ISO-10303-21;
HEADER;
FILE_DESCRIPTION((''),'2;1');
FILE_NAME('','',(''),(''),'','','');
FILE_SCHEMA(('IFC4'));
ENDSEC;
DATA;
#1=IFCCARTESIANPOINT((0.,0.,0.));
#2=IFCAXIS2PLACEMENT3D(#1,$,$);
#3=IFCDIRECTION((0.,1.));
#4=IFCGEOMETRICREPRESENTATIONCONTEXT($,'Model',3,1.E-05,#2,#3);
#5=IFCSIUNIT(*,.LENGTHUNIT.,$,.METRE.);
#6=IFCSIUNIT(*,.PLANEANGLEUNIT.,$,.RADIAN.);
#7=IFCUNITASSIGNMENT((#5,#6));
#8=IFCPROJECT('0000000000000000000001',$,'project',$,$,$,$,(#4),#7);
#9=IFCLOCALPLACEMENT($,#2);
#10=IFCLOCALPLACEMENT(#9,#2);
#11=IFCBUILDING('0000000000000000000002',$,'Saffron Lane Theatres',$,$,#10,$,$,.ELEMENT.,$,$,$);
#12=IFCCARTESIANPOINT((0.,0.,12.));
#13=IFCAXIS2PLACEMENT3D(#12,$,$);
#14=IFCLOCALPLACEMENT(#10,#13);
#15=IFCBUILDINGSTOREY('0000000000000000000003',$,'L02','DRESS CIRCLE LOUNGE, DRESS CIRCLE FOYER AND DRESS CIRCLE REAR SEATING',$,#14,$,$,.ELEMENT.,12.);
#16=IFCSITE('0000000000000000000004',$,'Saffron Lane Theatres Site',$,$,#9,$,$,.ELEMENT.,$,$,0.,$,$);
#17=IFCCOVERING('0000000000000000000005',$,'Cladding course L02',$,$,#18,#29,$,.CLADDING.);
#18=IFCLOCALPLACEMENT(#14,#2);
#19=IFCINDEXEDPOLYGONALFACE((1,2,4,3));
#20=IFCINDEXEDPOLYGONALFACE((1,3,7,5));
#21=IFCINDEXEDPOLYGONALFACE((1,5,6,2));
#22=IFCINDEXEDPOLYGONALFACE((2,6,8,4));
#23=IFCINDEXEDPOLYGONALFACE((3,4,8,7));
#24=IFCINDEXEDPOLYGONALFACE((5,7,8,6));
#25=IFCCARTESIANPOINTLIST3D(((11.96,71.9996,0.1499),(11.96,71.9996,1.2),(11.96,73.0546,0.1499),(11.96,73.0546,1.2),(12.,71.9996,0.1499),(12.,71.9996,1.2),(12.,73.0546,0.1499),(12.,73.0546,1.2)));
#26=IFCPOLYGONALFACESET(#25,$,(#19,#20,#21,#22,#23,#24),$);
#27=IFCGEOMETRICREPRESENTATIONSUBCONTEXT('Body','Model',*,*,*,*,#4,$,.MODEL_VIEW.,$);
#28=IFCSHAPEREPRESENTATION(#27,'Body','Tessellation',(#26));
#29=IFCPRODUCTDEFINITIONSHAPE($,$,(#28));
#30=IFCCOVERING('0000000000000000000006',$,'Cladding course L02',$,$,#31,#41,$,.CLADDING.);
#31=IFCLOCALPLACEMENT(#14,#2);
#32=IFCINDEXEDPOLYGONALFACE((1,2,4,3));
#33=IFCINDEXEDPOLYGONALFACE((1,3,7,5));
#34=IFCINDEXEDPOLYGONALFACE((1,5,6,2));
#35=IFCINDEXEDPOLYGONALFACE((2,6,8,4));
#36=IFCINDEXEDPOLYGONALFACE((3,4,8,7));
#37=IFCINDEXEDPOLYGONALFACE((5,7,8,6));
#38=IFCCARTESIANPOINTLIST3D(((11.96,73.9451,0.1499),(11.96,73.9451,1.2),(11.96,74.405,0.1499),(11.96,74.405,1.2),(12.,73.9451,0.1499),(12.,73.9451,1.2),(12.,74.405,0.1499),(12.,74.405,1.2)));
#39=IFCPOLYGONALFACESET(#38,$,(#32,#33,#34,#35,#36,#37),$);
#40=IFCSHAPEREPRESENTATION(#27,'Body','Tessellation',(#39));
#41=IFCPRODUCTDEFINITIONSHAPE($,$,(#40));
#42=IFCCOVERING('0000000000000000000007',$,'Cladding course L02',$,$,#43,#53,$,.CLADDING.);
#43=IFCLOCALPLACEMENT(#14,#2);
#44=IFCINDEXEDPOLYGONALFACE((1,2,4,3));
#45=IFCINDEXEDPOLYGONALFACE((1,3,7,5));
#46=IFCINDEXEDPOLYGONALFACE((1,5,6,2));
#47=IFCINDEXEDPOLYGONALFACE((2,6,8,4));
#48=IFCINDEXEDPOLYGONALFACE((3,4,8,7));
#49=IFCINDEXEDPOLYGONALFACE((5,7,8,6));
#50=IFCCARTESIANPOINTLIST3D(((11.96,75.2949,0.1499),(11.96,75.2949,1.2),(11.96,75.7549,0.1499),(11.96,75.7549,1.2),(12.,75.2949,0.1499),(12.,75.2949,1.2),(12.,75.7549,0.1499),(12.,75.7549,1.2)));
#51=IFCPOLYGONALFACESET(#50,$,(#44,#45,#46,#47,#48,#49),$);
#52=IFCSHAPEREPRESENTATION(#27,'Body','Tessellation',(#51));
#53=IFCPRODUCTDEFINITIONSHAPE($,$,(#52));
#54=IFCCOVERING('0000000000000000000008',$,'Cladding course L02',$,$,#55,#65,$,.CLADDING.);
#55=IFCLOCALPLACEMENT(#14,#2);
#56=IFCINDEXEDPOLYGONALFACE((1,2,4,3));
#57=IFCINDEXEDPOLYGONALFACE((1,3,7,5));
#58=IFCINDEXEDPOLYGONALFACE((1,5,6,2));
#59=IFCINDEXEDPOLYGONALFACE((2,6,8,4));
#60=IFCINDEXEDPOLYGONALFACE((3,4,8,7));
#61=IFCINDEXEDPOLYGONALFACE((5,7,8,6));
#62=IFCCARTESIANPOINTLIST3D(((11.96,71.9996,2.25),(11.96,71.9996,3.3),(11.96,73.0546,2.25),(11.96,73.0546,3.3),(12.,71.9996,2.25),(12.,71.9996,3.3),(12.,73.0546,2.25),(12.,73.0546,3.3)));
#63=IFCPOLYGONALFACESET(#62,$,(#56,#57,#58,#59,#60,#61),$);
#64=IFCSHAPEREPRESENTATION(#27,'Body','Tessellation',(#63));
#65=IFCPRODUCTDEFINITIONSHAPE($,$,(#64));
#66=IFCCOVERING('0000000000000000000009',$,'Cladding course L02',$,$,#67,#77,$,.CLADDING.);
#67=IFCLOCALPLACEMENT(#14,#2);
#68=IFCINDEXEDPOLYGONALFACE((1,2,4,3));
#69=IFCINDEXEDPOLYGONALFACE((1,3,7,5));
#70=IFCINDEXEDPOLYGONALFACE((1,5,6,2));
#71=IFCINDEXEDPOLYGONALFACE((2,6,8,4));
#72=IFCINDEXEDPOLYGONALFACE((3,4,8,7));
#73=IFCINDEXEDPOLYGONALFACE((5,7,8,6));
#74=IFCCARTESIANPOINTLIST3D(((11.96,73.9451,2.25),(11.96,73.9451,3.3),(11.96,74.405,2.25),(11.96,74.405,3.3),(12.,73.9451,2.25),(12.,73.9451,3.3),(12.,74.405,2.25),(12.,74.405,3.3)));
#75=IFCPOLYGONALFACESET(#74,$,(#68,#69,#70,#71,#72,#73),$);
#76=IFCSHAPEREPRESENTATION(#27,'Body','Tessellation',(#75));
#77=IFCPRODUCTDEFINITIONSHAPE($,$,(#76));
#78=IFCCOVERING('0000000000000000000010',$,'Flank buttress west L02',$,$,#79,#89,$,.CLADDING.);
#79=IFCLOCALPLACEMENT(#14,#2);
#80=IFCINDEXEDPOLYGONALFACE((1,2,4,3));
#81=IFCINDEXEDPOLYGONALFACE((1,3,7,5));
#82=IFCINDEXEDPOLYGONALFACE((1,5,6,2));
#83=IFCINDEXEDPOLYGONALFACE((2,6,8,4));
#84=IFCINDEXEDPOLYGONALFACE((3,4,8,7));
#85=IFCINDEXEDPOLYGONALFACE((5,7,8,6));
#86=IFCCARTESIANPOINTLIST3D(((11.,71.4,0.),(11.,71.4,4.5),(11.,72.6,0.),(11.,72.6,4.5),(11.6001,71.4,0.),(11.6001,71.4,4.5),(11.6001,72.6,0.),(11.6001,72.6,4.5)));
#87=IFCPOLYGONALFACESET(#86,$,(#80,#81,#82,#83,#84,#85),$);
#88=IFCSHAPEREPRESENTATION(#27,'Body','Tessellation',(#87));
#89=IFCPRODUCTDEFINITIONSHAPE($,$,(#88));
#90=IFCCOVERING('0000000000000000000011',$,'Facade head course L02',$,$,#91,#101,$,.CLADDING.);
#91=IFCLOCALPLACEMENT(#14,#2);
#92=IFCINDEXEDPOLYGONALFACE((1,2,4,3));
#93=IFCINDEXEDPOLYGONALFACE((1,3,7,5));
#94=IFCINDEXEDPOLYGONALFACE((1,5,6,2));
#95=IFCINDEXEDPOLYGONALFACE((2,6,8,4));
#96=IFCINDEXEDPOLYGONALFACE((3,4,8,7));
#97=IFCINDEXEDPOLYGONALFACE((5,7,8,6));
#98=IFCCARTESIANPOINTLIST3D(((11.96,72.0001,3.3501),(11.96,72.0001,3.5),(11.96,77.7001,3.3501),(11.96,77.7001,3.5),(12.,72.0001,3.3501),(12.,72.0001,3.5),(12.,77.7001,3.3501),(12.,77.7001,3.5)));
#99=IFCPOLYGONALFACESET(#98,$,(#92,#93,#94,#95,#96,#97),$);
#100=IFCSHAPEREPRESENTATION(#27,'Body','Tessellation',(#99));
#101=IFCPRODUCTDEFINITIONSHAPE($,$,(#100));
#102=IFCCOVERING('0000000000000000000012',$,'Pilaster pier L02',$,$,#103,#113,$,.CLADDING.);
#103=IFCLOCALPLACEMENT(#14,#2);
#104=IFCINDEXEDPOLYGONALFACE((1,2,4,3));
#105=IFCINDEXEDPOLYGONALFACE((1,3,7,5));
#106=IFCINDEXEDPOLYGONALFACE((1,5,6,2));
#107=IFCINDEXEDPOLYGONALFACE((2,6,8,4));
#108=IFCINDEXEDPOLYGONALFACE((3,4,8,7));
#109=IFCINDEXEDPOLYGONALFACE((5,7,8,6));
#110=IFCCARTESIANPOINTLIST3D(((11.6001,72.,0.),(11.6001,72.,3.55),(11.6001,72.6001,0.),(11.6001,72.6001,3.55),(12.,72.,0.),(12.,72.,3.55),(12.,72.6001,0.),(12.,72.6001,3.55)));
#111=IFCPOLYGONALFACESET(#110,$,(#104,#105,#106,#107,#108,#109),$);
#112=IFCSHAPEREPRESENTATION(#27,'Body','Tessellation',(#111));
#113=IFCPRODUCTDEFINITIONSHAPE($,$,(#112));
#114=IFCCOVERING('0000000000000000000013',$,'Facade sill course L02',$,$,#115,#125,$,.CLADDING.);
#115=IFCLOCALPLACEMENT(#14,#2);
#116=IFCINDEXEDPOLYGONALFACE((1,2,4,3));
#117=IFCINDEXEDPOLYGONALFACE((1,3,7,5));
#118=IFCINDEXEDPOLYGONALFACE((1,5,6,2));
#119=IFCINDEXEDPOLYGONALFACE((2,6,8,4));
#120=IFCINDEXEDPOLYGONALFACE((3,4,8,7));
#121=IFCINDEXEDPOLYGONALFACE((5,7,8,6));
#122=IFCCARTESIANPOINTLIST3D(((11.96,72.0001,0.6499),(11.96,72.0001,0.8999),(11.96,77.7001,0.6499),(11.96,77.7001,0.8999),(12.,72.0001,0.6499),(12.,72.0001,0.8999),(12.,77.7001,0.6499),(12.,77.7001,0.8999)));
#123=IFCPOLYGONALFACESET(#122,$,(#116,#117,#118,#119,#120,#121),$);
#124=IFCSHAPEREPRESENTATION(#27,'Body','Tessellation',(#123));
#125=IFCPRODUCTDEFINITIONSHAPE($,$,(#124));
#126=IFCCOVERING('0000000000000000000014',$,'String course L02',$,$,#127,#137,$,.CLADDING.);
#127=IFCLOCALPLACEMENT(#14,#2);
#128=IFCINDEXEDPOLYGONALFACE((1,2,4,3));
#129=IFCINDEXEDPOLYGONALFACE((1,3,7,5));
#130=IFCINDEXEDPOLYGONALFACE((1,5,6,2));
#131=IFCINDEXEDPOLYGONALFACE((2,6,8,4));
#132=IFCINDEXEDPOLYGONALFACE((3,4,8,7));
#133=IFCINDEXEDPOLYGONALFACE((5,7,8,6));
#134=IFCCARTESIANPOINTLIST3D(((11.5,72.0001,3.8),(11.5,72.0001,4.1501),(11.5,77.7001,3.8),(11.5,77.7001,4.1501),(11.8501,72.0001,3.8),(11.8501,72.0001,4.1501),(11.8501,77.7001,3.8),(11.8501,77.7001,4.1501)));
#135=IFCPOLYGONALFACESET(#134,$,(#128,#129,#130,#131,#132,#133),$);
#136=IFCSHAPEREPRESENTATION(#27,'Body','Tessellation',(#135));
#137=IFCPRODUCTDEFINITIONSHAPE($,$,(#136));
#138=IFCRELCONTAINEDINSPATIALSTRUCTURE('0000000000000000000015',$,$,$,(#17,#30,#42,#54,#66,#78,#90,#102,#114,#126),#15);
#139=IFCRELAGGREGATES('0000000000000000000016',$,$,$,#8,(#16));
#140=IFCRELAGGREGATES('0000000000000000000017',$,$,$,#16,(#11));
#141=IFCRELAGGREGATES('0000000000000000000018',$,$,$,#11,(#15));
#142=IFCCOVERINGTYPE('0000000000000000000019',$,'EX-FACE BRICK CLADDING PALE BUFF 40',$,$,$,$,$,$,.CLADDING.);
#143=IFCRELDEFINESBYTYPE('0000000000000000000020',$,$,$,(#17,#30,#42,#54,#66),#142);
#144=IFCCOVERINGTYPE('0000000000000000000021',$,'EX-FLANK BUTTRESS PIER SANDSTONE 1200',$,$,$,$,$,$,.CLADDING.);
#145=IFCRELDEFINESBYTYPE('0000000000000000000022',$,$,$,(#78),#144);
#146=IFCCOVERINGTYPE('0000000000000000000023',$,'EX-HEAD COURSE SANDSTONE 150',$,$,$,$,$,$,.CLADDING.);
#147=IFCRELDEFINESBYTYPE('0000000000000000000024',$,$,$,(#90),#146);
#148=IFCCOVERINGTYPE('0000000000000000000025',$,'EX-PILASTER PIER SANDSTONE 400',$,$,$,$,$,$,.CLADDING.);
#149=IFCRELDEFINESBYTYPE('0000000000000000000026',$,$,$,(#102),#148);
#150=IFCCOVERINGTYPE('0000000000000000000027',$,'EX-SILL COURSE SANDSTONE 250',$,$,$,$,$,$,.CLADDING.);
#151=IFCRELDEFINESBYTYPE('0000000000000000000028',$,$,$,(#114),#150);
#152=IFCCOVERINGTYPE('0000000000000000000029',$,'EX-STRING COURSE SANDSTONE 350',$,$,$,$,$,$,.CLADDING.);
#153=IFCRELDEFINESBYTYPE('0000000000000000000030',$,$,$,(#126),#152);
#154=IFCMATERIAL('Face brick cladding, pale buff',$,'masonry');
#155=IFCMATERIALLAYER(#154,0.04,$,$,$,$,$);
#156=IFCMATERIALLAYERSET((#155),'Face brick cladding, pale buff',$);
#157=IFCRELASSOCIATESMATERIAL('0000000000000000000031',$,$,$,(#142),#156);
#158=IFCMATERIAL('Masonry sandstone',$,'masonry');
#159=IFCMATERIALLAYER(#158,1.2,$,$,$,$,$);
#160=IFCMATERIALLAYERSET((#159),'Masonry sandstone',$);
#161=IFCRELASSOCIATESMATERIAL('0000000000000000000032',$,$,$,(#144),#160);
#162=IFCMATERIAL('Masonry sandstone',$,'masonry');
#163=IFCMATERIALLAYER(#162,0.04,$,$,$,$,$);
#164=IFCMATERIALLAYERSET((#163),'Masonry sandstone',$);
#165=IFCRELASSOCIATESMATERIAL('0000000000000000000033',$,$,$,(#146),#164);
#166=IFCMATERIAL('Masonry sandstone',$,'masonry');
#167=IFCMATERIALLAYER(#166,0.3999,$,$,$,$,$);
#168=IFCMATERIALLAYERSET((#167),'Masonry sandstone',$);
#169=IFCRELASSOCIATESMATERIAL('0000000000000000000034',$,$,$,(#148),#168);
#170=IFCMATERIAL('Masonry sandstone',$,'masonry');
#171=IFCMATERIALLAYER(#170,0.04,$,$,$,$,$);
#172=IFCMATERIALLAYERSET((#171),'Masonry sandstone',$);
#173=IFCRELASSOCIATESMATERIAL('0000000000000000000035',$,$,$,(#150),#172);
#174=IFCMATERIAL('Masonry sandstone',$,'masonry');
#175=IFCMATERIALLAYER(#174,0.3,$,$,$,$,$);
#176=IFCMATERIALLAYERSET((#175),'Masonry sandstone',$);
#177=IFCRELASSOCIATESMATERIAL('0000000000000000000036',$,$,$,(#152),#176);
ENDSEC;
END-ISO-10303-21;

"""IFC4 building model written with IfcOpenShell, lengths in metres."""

from ifc_helpers import new_model, si_unit, direction, frame, origin, origin_2d, place, context, subcontext, project, spatial, rectangle, extrude, material, layer, layer_set, type_object, element, save


model = new_model("IFC4")

# Units and contexts
model_context = context("Model", 3, precision=1e-05, world=origin(), true_north=direction((0.0, 1.0)))
body_context = subcontext(model_context, "Body", "Model", "MODEL_VIEW")
ifc_project = project(units=[si_unit("LENGTHUNIT", "METRE"), si_unit("PLANEANGLEUNIT", "RADIAN")], contexts=[model_context])

# Site, building, storey
site_placement = place(None, origin())
site = spatial("IfcSite", under=ifc_project, at=site_placement, Name="Saffron Lane Theatres Site", CompositionType="ELEMENT", RefElevation=0.0)
building_placement = place(site_placement, origin())
building = spatial("IfcBuilding", under=site, at=building_placement, Name="Saffron Lane Theatres", CompositionType="ELEMENT")
storey_placement = place(building_placement, frame((0.0, 0.0, 12.0)))
storey = spatial("IfcBuildingStorey", under=building, at=storey_placement, Name="L02", Description="DRESS CIRCLE LOUNGE, DRESS CIRCLE FOYER AND DRESS CIRCLE REAR SEATING", CompositionType="ELEMENT", Elevation=12.0)

# Coverings
ifc_material_1 = material(Name="Face brick cladding, pale buff", Category="masonry")
ifc_layer_1 = layer(ifc_material_1, 0.04)
ifc_layer_set_1 = layer_set([ifc_layer_1], Name="Face brick cladding, pale buff")
covering_type_1 = type_object("IfcCoveringType", Name="EX-FACE BRICK CLADDING PALE BUFF 40", PredefinedType="CLADDING", material=ifc_layer_set_1)
covering_1_placement = place(storey_placement, frame((11.98, 72.5271, 0.1499), z_axis=(0.0, 0.0, 1.0), x_axis=(0.0, 1.0, 0.0)))
element("IfcCovering", 1, at=covering_1_placement, inside=storey, type_object=covering_type_1, Name="Cladding course L02", PredefinedType="CLADDING", context=body_context, shape_type="SweptSolid", body=[
    extrude(rectangle(XDim=1.0549, YDim=0.04, at=origin_2d()), origin(), (0.0, 0.0, 1.0), 1.05),
])
for number, where, z_axis, x_axis, name in (
    (2, (11.98, 74.175, 0.1499), (0.0, 0.0, 1.0), (0.0, 1.0, 0.0), "Cladding course L02"),
    (3, (11.98, 75.5249, 0.1499), (0.0, 0.0, 1.0), (0.0, 1.0, 0.0), "Cladding course L02"),
):
    element("IfcCovering", number, at=place(storey_placement, frame(where, z_axis=z_axis, x_axis=x_axis)), inside=storey, type_object=covering_type_1, Name=name, PredefinedType="CLADDING", context=body_context, shape_type="SweptSolid", body=[
        extrude(rectangle(XDim=0.46, YDim=0.04, at=origin_2d()), origin(), (0.0, 0.0, 1.0), 1.05),
    ])
covering_2_placement = place(storey_placement, frame((11.98, 72.5271, 2.25), z_axis=(0.0, 0.0, 1.0), x_axis=(0.0, 1.0, 0.0)))
element("IfcCovering", 4, at=covering_2_placement, inside=storey, type_object=covering_type_1, Name="Cladding course L02", PredefinedType="CLADDING", context=body_context, shape_type="SweptSolid", body=[
    extrude(rectangle(XDim=1.0549, YDim=0.04, at=origin_2d()), origin(), (0.0, 0.0, 1.0), 1.05),
])
covering_3_placement = place(storey_placement, frame((11.98, 74.175, 2.25), z_axis=(0.0, 0.0, 1.0), x_axis=(0.0, 1.0, 0.0)))
element("IfcCovering", 5, at=covering_3_placement, inside=storey, type_object=covering_type_1, Name="Cladding course L02", PredefinedType="CLADDING", context=body_context, shape_type="SweptSolid", body=[
    extrude(rectangle(XDim=0.46, YDim=0.04, at=origin_2d()), origin(), (0.0, 0.0, 1.0), 1.05),
])
ifc_material_2 = material(Name="Masonry sandstone", Category="masonry")
ifc_layer_2 = layer(ifc_material_2, 1.2)
ifc_layer_set_2 = layer_set([ifc_layer_2], Name="Masonry sandstone")
covering_type_2 = type_object("IfcCoveringType", Name="EX-FLANK BUTTRESS PIER SANDSTONE 1200", PredefinedType="CLADDING", material=ifc_layer_set_2)
covering_4_placement = place(storey_placement, frame((11.3, 72.0, 0.0), z_axis=(0.0, 0.0, 1.0), x_axis=(0.0, 1.0, 0.0)))
element("IfcCovering", 6, at=covering_4_placement, inside=storey, type_object=covering_type_2, Name="Flank buttress west L02", PredefinedType="CLADDING", context=body_context, shape_type="SweptSolid", body=[
    extrude(rectangle(XDim=1.2, YDim=0.6001, at=origin_2d()), origin(), (0.0, 0.0, 1.0), 4.5),
])
ifc_material_3 = material(Name="Masonry sandstone", Category="masonry")
ifc_layer_3 = layer(ifc_material_3, 0.04)
ifc_layer_set_3 = layer_set([ifc_layer_3], Name="Masonry sandstone")
covering_type_3 = type_object("IfcCoveringType", Name="EX-HEAD COURSE SANDSTONE 150", PredefinedType="CLADDING", material=ifc_layer_set_3)
covering_5_placement = place(storey_placement, frame((11.98, 74.8501, 3.3501), z_axis=(0.0, 0.0, 1.0), x_axis=(0.0, 1.0, 0.0)))
element("IfcCovering", 7, at=covering_5_placement, inside=storey, type_object=covering_type_3, Name="Facade head course L02", PredefinedType="CLADDING", context=body_context, shape_type="SweptSolid", body=[
    extrude(rectangle(XDim=5.7, YDim=0.04, at=origin_2d()), origin(), (0.0, 0.0, 1.0), 0.1499),
])
ifc_material_4 = material(Name="Masonry sandstone", Category="masonry")
ifc_layer_4 = layer(ifc_material_4, 0.3999)
ifc_layer_set_4 = layer_set([ifc_layer_4], Name="Masonry sandstone")
covering_type_4 = type_object("IfcCoveringType", Name="EX-PILASTER PIER SANDSTONE 400", PredefinedType="CLADDING", material=ifc_layer_set_4)
covering_6_placement = place(storey_placement, frame((11.8, 72.3, 0.0), z_axis=(0.0, 0.0, 1.0), x_axis=(0.0, 1.0, 0.0)))
element("IfcCovering", 8, at=covering_6_placement, inside=storey, type_object=covering_type_4, Name="Pilaster pier L02", PredefinedType="CLADDING", context=body_context, shape_type="SweptSolid", body=[
    extrude(rectangle(XDim=0.6001, YDim=0.3999, at=origin_2d()), origin(), (0.0, 0.0, 1.0), 3.55),
])
ifc_material_5 = material(Name="Masonry sandstone", Category="masonry")
ifc_layer_5 = layer(ifc_material_5, 0.04)
ifc_layer_set_5 = layer_set([ifc_layer_5], Name="Masonry sandstone")
covering_type_5 = type_object("IfcCoveringType", Name="EX-SILL COURSE SANDSTONE 250", PredefinedType="CLADDING", material=ifc_layer_set_5)
covering_7_placement = place(storey_placement, frame((11.98, 74.8501, 0.6499), z_axis=(0.0, 0.0, 1.0), x_axis=(0.0, 1.0, 0.0)))
element("IfcCovering", 9, at=covering_7_placement, inside=storey, type_object=covering_type_5, Name="Facade sill course L02", PredefinedType="CLADDING", context=body_context, shape_type="SweptSolid", body=[
    extrude(rectangle(XDim=5.7, YDim=0.04, at=origin_2d()), origin(), (0.0, 0.0, 1.0), 0.25),
])
ifc_material_6 = material(Name="Masonry sandstone", Category="masonry")
ifc_layer_6 = layer(ifc_material_6, 0.3)
ifc_layer_set_6 = layer_set([ifc_layer_6], Name="Masonry sandstone")
covering_type_6 = type_object("IfcCoveringType", Name="EX-STRING COURSE SANDSTONE 350", PredefinedType="CLADDING", material=ifc_layer_set_6)
covering_8_placement = place(storey_placement, frame((11.675, 74.8501, 3.8), z_axis=(0.0, 0.0, 1.0), x_axis=(0.0, 1.0, 0.0)))
element("IfcCovering", 10, at=covering_8_placement, inside=storey, type_object=covering_type_6, Name="String course L02", PredefinedType="CLADDING", context=body_context, shape_type="SweptSolid", body=[
    extrude(rectangle(XDim=5.7, YDim=0.3501, at=origin_2d()), origin(), (0.0, 0.0, 1.0), 0.3501),
])

save(model, "model.ifc")
